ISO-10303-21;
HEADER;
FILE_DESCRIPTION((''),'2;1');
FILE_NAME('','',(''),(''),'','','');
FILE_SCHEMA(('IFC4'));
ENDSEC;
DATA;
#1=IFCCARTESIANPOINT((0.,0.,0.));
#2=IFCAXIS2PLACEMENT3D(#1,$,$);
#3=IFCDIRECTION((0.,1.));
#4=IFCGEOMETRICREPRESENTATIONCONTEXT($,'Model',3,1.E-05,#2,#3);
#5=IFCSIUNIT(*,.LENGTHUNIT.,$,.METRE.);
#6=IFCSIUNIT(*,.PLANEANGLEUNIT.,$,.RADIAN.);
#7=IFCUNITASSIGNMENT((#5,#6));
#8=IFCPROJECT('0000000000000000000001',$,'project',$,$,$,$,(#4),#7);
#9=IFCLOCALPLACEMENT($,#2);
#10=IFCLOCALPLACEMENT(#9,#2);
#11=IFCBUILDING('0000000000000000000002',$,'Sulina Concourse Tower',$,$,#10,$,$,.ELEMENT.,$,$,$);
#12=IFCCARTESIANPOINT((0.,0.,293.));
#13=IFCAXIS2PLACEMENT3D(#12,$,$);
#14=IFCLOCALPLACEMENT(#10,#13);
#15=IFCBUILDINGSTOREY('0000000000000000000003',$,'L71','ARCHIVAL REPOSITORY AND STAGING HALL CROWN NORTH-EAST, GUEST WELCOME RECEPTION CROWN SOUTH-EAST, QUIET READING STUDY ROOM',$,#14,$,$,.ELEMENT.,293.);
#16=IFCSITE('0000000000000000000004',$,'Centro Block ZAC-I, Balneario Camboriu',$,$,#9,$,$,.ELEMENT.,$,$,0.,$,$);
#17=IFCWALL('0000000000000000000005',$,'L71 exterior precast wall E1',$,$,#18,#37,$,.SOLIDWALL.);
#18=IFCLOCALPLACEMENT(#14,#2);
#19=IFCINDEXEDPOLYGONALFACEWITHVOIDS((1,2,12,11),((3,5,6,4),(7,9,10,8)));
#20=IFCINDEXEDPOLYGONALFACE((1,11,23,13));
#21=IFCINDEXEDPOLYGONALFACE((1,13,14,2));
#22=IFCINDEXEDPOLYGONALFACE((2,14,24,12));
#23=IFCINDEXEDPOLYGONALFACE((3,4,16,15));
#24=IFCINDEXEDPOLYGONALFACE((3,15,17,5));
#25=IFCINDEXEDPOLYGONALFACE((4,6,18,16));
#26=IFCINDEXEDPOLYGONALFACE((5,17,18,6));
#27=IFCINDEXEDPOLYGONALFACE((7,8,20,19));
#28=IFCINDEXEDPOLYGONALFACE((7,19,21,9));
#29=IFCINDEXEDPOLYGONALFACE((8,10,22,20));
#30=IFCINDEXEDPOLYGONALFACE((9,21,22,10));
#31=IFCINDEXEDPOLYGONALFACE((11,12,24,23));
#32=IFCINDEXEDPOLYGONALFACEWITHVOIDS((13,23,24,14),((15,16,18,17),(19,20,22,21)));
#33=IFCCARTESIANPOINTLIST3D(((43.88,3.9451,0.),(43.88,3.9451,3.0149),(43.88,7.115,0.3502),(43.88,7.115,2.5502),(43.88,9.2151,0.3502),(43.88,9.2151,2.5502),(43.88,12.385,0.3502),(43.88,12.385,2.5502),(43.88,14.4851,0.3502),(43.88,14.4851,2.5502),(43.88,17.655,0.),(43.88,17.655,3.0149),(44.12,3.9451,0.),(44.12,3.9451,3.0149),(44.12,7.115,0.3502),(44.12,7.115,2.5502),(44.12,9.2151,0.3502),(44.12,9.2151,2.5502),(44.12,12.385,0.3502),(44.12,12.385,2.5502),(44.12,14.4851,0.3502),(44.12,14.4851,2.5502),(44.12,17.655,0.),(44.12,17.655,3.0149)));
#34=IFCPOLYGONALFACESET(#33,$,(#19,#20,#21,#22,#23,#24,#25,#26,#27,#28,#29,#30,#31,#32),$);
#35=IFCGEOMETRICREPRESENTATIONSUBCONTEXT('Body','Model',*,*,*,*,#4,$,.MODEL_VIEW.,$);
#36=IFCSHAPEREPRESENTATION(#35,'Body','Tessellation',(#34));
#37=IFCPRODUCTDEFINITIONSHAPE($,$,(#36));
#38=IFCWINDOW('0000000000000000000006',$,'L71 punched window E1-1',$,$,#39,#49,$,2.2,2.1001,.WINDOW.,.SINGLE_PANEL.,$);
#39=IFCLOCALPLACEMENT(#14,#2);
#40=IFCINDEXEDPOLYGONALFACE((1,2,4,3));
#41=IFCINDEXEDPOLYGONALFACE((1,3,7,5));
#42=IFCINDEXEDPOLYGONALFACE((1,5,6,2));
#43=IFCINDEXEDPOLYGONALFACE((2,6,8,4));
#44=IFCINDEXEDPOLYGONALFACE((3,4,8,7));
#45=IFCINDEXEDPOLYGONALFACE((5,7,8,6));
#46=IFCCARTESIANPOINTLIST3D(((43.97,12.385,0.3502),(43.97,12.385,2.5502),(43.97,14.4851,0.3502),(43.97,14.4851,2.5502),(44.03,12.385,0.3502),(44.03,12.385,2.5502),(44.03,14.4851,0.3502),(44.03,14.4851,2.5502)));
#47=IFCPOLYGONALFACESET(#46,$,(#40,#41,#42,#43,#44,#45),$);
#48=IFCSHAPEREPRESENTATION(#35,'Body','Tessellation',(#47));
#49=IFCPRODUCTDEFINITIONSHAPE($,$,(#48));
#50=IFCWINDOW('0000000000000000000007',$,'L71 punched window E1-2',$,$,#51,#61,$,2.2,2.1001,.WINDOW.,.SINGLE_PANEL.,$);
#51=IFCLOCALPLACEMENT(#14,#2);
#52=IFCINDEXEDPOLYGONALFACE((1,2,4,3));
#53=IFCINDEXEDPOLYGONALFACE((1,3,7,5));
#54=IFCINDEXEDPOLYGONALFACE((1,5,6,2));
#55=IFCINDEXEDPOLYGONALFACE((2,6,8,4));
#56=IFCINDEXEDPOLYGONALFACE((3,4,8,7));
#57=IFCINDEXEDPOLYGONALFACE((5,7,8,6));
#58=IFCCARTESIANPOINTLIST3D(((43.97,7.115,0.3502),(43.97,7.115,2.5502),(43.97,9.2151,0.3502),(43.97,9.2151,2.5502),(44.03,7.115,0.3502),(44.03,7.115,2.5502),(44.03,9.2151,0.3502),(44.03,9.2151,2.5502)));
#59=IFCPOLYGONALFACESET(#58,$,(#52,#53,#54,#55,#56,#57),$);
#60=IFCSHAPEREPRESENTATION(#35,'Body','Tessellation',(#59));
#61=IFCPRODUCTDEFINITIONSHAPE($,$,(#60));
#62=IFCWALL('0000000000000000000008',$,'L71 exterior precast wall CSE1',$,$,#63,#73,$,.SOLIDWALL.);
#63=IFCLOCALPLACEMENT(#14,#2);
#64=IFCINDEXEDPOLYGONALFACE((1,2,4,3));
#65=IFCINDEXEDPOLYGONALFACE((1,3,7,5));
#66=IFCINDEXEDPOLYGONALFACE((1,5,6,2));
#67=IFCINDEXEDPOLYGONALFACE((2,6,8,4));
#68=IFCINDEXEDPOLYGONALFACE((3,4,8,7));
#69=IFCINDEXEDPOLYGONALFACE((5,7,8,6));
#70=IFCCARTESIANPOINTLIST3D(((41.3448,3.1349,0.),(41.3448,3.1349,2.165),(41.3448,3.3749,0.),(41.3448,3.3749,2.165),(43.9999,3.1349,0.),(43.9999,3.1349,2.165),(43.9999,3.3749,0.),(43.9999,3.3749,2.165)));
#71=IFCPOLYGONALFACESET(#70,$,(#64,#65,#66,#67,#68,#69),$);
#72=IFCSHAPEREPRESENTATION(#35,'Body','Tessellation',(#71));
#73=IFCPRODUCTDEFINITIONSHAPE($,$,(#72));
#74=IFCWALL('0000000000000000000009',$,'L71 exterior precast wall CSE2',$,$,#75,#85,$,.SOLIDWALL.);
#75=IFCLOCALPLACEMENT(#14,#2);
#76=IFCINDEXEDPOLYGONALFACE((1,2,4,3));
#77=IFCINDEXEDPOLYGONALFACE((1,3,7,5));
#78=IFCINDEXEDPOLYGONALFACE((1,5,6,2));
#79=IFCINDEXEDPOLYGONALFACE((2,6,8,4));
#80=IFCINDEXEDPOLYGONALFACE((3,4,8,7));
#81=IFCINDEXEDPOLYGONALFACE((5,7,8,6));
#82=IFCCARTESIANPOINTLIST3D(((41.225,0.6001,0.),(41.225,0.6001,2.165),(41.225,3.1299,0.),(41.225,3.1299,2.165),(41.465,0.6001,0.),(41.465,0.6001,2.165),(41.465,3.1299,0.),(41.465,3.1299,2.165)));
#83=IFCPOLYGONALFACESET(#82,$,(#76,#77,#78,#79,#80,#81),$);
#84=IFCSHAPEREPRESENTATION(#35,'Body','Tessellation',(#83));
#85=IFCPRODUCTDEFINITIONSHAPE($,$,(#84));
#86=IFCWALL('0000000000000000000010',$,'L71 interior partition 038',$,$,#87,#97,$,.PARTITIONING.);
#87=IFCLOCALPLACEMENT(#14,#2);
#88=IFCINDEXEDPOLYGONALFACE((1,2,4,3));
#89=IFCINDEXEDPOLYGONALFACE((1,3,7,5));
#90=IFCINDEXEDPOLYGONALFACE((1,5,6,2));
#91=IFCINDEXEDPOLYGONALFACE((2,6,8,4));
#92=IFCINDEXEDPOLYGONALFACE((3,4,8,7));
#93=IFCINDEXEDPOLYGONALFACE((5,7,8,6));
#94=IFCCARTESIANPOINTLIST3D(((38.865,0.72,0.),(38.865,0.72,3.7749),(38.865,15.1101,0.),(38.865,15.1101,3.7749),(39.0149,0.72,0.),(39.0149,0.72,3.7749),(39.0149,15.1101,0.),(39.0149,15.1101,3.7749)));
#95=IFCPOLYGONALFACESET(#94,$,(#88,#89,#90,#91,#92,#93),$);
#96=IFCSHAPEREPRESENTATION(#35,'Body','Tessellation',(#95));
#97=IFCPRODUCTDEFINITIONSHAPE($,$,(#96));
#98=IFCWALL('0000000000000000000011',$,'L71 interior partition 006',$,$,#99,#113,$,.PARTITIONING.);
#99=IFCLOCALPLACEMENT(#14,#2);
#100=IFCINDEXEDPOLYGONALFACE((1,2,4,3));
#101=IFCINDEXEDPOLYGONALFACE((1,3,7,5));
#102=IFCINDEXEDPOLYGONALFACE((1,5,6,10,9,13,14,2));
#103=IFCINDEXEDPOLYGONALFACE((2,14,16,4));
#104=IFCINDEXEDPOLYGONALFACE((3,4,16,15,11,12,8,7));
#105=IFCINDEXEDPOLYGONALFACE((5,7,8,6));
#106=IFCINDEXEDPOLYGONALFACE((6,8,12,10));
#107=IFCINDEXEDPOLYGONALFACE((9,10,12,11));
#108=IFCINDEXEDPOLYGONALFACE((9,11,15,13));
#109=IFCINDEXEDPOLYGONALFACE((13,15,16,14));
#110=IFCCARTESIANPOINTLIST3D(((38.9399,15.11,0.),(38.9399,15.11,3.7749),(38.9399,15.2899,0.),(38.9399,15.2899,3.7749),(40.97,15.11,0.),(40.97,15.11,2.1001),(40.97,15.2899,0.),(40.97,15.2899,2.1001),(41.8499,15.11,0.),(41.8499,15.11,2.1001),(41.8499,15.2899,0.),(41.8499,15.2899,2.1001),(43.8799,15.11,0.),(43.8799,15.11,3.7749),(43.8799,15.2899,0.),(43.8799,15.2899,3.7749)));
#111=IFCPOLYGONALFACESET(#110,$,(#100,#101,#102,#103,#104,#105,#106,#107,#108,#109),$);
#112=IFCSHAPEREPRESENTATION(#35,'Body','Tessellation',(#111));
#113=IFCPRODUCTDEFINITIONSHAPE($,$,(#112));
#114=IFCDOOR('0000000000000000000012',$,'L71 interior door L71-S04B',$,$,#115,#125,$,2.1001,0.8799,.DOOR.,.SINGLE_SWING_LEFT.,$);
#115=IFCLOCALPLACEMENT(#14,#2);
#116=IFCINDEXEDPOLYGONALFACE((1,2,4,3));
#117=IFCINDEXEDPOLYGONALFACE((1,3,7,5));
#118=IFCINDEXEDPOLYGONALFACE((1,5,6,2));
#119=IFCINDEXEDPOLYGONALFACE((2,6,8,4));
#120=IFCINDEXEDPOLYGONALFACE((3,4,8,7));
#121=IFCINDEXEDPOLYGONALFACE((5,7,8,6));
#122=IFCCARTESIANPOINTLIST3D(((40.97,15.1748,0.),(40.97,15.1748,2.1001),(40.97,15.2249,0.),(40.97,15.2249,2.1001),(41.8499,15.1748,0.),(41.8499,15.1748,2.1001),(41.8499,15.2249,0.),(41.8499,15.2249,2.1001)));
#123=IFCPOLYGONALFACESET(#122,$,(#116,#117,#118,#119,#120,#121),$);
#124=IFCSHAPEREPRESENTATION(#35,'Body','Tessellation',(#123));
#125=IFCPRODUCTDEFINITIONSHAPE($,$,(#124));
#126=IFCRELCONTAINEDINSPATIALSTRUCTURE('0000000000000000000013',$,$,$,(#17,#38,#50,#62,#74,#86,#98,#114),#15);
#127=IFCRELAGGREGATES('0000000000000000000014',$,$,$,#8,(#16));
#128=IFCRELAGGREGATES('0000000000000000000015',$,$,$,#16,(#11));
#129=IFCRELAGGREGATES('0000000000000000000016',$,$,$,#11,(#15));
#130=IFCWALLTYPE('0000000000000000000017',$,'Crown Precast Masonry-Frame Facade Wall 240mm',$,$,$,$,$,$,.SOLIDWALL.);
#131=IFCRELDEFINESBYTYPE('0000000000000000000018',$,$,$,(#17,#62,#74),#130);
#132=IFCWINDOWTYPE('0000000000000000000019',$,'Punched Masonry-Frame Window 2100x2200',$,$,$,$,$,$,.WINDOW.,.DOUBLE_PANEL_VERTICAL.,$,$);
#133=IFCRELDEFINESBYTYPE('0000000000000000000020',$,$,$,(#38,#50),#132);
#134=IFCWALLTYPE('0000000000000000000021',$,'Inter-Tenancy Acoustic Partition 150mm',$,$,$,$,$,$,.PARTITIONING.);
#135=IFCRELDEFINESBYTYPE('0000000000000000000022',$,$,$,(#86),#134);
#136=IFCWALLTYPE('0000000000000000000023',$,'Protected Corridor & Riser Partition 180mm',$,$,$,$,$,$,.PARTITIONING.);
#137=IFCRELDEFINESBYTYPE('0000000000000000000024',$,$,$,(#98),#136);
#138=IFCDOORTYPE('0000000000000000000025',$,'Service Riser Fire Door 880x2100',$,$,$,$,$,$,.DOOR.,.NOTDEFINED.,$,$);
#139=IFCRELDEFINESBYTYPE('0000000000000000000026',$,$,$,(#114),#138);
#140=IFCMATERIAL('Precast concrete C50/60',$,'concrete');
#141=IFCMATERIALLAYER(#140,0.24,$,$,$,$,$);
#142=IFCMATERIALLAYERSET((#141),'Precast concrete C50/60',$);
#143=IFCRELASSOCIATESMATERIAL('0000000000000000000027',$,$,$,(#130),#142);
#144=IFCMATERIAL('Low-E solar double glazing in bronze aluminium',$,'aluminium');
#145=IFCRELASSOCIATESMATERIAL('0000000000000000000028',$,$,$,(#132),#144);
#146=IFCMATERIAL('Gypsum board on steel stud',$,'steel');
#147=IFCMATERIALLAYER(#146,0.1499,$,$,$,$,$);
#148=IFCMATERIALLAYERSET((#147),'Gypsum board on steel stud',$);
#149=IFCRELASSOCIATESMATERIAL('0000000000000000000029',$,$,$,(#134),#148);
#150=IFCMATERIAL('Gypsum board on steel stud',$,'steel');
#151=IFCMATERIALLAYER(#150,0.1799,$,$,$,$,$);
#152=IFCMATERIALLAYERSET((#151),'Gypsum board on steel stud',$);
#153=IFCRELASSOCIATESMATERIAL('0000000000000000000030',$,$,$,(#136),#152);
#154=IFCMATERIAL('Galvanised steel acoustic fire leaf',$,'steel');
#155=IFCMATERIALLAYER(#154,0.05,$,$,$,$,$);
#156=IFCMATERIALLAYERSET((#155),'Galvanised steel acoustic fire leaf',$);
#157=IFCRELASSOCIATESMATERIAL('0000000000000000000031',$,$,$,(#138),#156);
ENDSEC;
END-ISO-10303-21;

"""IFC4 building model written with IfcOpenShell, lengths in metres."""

from ifc_helpers import new_model, si_unit, direction, frame, frame_2d, origin, place, context, subcontext, project, spatial, rectangle, extrude, material, layer, layer_set, type_object, element, fill, save


model = new_model("IFC4")

# Units and contexts
model_context = context("Model", 3, precision=1e-05, world=origin(), true_north=direction((0.0, 1.0)))
body_context = subcontext(model_context, "Body", "Model", "MODEL_VIEW")
ifc_project = project(units=[si_unit("LENGTHUNIT", "METRE"), si_unit("PLANEANGLEUNIT", "RADIAN")], contexts=[model_context])

# Site, building, storey
site_placement = place(None, origin())
site = spatial("IfcSite", under=ifc_project, at=site_placement, Name="Centro Block ZAC-I, Balneario Camboriu", CompositionType="ELEMENT", RefElevation=0.0)
building_placement = place(site_placement, origin())
building = spatial("IfcBuilding", under=site, at=building_placement, Name="Sulina Concourse Tower", CompositionType="ELEMENT")
storey_placement = place(building_placement, frame((0.0, 0.0, 293.0)))
storey = spatial("IfcBuildingStorey", under=building, at=storey_placement, Name="L71", Description="ARCHIVAL REPOSITORY AND STAGING HALL CROWN NORTH-EAST, GUEST WELCOME RECEPTION CROWN SOUTH-EAST, QUIET READING STUDY ROOM", CompositionType="ELEMENT", Elevation=293.0)

# Shared definitions
ifc_material_1 = material(Name="Precast concrete C50/60", Category="concrete")
ifc_layer_1 = layer(ifc_material_1, 0.24)
ifc_layer_set_1 = layer_set([ifc_layer_1], Name="Precast concrete C50/60")
wall_type_1 = type_object("IfcWallType", Name="Crown Precast Masonry-Frame Facade Wall 240mm", PredefinedType="SOLIDWALL", material=ifc_layer_set_1)

# Wall, openings, windows
wall_1_placement = place(storey_placement, frame((44.0, 17.655, 0.0), z_axis=(0.0, 0.0, 1.0), x_axis=(0.0, -1.0, 0.0)))
wall_1 = element("IfcWall", 1, at=wall_1_placement, inside=storey, type_object=wall_type_1, Name="L71 exterior precast wall E1", PredefinedType="SOLIDWALL", context=body_context, shape_type="SweptSolid", body=[
    extrude(rectangle(XDim=13.71, YDim=0.24, at=frame_2d((6.855, 0.0))), origin(), (0.0, 0.0, 1.0), 3.0149),
])
opening_1_placement = place(wall_1_placement, frame((3.1699, 0.0, 0.3501)))
opening_1 = element("IfcOpeningElement", 2, at=opening_1_placement, cuts=wall_1, PredefinedType="OPENING", context=body_context, shape_type="SweptSolid", body=[
    extrude(rectangle(XDim=2.1001, YDim=2.2, at=frame_2d((1.05, 1.1001))), frame((0.0, 0.1299, 0.0), z_axis=(0.0, -1.0, 0.0), x_axis=(1.0, 0.0, 0.0)), (0.0, 0.0, 1.0), 0.26),
])
opening_2_placement = place(wall_1_placement, frame((8.4399, 0.0, 0.3501)))
opening_2 = element("IfcOpeningElement", 3, at=opening_2_placement, cuts=wall_1, PredefinedType="OPENING", context=body_context, shape_type="SweptSolid", body=[
    extrude(rectangle(XDim=2.1001, YDim=2.2, at=frame_2d((1.05, 1.1001))), frame((0.0, 0.1299, 0.0), z_axis=(0.0, -1.0, 0.0), x_axis=(1.0, 0.0, 0.0)), (0.0, 0.0, 1.0), 0.26),
])
ifc_material_2 = material(Name="Low-E solar double glazing in bronze aluminium", Category="aluminium")
window_type = type_object("IfcWindowType", Name="Punched Masonry-Frame Window 2100x2200", PartitioningType="DOUBLE_PANEL_VERTICAL", PredefinedType="WINDOW", material=ifc_material_2)
window_1_placement = place(opening_1_placement, origin())
window_1 = element("IfcWindow", 4, at=window_1_placement, inside=storey, type_object=window_type, Name="L71 punched window E1-1", OverallHeight=2.2, OverallWidth=2.1001, PartitioningType="SINGLE_PANEL", PredefinedType="WINDOW", context=body_context, shape_type="SweptSolid", body=[
    extrude(rectangle(XDim=2.1001, YDim=2.2, at=frame_2d((1.05, 1.1001))), frame((0.0, 0.03, 0.0), z_axis=(0.0, -1.0, 0.0), x_axis=(1.0, 0.0, 0.0)), (0.0, 0.0, 1.0), 0.0601),
])
fill(opening_1, window_1)
window_2_placement = place(opening_2_placement, origin())
window_2 = element("IfcWindow", 5, at=window_2_placement, inside=storey, type_object=window_type, Name="L71 punched window E1-2", OverallHeight=2.2, OverallWidth=2.1001, PartitioningType="SINGLE_PANEL", PredefinedType="WINDOW", context=body_context, shape_type="SweptSolid", body=[
    extrude(rectangle(XDim=2.1001, YDim=2.2, at=frame_2d((1.05, 1.1001))), frame((0.0, 0.03, 0.0), z_axis=(0.0, -1.0, 0.0), x_axis=(1.0, 0.0, 0.0)), (0.0, 0.0, 1.0), 0.0601),
])
fill(opening_2, window_2)

# Walls
wall_2_placement = place(storey_placement, frame((44.0, 3.2549, 0.0), z_axis=(0.0, 0.0, 1.0), x_axis=(-1.0, 0.0, 0.0)))
element("IfcWall", 6, at=wall_2_placement, inside=storey, type_object=wall_type_1, Name="L71 exterior precast wall CSE1", PredefinedType="SOLIDWALL", context=body_context, shape_type="SweptSolid", body=[
    extrude(rectangle(XDim=2.655, YDim=0.24, at=frame_2d((1.3276, 0.0))), origin(), (0.0, 0.0, 1.0), 2.165),
])
wall_3_placement = place(storey_placement, frame((41.345, 3.1299, 0.0), z_axis=(0.0, 0.0, 1.0), x_axis=(0.0, -1.0, 0.0)))
element("IfcWall", 7, at=wall_3_placement, inside=storey, type_object=wall_type_1, Name="L71 exterior precast wall CSE2", PredefinedType="SOLIDWALL", context=body_context, shape_type="SweptSolid", body=[
    extrude(rectangle(XDim=2.5298, YDim=0.24, at=frame_2d((1.2649, 0.0))), origin(), (0.0, 0.0, 1.0), 2.165),
])
ifc_material_3 = material(Name="Gypsum board on steel stud", Category="steel")
ifc_layer_2 = layer(ifc_material_3, 0.1499)
ifc_layer_set_2 = layer_set([ifc_layer_2], Name="Gypsum board on steel stud")
wall_type_2 = type_object("IfcWallType", Name="Inter-Tenancy Acoustic Partition 150mm", PredefinedType="PARTITIONING", material=ifc_layer_set_2)
wall_4_placement = place(storey_placement, frame((38.9399, 0.72, 0.0), z_axis=(0.0, 0.0, 1.0), x_axis=(0.0, 1.0, 0.0)))
element("IfcWall", 8, at=wall_4_placement, inside=storey, type_object=wall_type_2, Name="L71 interior partition 038", PredefinedType="PARTITIONING", context=body_context, shape_type="SweptSolid", body=[
    extrude(rectangle(XDim=14.3901, YDim=0.1499, at=frame_2d((7.1951, 0.0))), origin(), (0.0, 0.0, 1.0), 3.7749),
])

# Wall, opening, door
ifc_material_4 = material(Name="Gypsum board on steel stud", Category="steel")
ifc_layer_3 = layer(ifc_material_4, 0.1799)
ifc_layer_set_3 = layer_set([ifc_layer_3], Name="Gypsum board on steel stud")
wall_type_3 = type_object("IfcWallType", Name="Protected Corridor & Riser Partition 180mm", PredefinedType="PARTITIONING", material=ifc_layer_set_3)
wall_5_placement = place(storey_placement, frame((38.9399, 15.2, 0.0), z_axis=(0.0, 0.0, 1.0), x_axis=(1.0, 0.0, 0.0)))
wall_5 = element("IfcWall", 9, at=wall_5_placement, inside=storey, type_object=wall_type_3, Name="L71 interior partition 006", PredefinedType="PARTITIONING", context=body_context, shape_type="SweptSolid", body=[
    extrude(rectangle(XDim=4.9399, YDim=0.1799, at=frame_2d((2.47, 0.0))), origin(), (0.0, 0.0, 1.0), 3.7749),
])
opening_3_placement = place(wall_5_placement, frame((2.03, 0.0, 0.0)))
opening_3 = element("IfcOpeningElement", 10, at=opening_3_placement, cuts=wall_5, PredefinedType="OPENING", context=body_context, shape_type="SweptSolid", body=[
    extrude(rectangle(XDim=0.8799, YDim=2.1001, at=frame_2d((0.4399, 1.05))), frame((0.0, 0.0999, 0.0), z_axis=(0.0, -1.0, 0.0), x_axis=(1.0, 0.0, 0.0)), (0.0, 0.0, 1.0), 0.2),
])
ifc_material_5 = material(Name="Galvanised steel acoustic fire leaf", Category="steel")
ifc_layer_4 = layer(ifc_material_5, 0.05)
ifc_layer_set_4 = layer_set([ifc_layer_4], Name="Galvanised steel acoustic fire leaf")
door_type = type_object("IfcDoorType", Name="Service Riser Fire Door 880x2100", OperationType="NOTDEFINED", PredefinedType="DOOR", material=ifc_layer_set_4)
door_placement = place(opening_3_placement, origin())
door = element("IfcDoor", 11, at=door_placement, inside=storey, type_object=door_type, Name="L71 interior door L71-S04B", OperationType="SINGLE_SWING_LEFT", OverallHeight=2.1001, OverallWidth=0.8799, PredefinedType="DOOR", context=body_context, shape_type="SweptSolid", body=[
    extrude(rectangle(XDim=0.8799, YDim=2.1001, at=frame_2d((0.4399, 1.05))), frame((0.0, 0.0249, 0.0), z_axis=(0.0, -1.0, 0.0), x_axis=(1.0, 0.0, 0.0)), (0.0, 0.0, 1.0), 0.05),
])
fill(opening_3, door)

save(model, "model.ifc")
